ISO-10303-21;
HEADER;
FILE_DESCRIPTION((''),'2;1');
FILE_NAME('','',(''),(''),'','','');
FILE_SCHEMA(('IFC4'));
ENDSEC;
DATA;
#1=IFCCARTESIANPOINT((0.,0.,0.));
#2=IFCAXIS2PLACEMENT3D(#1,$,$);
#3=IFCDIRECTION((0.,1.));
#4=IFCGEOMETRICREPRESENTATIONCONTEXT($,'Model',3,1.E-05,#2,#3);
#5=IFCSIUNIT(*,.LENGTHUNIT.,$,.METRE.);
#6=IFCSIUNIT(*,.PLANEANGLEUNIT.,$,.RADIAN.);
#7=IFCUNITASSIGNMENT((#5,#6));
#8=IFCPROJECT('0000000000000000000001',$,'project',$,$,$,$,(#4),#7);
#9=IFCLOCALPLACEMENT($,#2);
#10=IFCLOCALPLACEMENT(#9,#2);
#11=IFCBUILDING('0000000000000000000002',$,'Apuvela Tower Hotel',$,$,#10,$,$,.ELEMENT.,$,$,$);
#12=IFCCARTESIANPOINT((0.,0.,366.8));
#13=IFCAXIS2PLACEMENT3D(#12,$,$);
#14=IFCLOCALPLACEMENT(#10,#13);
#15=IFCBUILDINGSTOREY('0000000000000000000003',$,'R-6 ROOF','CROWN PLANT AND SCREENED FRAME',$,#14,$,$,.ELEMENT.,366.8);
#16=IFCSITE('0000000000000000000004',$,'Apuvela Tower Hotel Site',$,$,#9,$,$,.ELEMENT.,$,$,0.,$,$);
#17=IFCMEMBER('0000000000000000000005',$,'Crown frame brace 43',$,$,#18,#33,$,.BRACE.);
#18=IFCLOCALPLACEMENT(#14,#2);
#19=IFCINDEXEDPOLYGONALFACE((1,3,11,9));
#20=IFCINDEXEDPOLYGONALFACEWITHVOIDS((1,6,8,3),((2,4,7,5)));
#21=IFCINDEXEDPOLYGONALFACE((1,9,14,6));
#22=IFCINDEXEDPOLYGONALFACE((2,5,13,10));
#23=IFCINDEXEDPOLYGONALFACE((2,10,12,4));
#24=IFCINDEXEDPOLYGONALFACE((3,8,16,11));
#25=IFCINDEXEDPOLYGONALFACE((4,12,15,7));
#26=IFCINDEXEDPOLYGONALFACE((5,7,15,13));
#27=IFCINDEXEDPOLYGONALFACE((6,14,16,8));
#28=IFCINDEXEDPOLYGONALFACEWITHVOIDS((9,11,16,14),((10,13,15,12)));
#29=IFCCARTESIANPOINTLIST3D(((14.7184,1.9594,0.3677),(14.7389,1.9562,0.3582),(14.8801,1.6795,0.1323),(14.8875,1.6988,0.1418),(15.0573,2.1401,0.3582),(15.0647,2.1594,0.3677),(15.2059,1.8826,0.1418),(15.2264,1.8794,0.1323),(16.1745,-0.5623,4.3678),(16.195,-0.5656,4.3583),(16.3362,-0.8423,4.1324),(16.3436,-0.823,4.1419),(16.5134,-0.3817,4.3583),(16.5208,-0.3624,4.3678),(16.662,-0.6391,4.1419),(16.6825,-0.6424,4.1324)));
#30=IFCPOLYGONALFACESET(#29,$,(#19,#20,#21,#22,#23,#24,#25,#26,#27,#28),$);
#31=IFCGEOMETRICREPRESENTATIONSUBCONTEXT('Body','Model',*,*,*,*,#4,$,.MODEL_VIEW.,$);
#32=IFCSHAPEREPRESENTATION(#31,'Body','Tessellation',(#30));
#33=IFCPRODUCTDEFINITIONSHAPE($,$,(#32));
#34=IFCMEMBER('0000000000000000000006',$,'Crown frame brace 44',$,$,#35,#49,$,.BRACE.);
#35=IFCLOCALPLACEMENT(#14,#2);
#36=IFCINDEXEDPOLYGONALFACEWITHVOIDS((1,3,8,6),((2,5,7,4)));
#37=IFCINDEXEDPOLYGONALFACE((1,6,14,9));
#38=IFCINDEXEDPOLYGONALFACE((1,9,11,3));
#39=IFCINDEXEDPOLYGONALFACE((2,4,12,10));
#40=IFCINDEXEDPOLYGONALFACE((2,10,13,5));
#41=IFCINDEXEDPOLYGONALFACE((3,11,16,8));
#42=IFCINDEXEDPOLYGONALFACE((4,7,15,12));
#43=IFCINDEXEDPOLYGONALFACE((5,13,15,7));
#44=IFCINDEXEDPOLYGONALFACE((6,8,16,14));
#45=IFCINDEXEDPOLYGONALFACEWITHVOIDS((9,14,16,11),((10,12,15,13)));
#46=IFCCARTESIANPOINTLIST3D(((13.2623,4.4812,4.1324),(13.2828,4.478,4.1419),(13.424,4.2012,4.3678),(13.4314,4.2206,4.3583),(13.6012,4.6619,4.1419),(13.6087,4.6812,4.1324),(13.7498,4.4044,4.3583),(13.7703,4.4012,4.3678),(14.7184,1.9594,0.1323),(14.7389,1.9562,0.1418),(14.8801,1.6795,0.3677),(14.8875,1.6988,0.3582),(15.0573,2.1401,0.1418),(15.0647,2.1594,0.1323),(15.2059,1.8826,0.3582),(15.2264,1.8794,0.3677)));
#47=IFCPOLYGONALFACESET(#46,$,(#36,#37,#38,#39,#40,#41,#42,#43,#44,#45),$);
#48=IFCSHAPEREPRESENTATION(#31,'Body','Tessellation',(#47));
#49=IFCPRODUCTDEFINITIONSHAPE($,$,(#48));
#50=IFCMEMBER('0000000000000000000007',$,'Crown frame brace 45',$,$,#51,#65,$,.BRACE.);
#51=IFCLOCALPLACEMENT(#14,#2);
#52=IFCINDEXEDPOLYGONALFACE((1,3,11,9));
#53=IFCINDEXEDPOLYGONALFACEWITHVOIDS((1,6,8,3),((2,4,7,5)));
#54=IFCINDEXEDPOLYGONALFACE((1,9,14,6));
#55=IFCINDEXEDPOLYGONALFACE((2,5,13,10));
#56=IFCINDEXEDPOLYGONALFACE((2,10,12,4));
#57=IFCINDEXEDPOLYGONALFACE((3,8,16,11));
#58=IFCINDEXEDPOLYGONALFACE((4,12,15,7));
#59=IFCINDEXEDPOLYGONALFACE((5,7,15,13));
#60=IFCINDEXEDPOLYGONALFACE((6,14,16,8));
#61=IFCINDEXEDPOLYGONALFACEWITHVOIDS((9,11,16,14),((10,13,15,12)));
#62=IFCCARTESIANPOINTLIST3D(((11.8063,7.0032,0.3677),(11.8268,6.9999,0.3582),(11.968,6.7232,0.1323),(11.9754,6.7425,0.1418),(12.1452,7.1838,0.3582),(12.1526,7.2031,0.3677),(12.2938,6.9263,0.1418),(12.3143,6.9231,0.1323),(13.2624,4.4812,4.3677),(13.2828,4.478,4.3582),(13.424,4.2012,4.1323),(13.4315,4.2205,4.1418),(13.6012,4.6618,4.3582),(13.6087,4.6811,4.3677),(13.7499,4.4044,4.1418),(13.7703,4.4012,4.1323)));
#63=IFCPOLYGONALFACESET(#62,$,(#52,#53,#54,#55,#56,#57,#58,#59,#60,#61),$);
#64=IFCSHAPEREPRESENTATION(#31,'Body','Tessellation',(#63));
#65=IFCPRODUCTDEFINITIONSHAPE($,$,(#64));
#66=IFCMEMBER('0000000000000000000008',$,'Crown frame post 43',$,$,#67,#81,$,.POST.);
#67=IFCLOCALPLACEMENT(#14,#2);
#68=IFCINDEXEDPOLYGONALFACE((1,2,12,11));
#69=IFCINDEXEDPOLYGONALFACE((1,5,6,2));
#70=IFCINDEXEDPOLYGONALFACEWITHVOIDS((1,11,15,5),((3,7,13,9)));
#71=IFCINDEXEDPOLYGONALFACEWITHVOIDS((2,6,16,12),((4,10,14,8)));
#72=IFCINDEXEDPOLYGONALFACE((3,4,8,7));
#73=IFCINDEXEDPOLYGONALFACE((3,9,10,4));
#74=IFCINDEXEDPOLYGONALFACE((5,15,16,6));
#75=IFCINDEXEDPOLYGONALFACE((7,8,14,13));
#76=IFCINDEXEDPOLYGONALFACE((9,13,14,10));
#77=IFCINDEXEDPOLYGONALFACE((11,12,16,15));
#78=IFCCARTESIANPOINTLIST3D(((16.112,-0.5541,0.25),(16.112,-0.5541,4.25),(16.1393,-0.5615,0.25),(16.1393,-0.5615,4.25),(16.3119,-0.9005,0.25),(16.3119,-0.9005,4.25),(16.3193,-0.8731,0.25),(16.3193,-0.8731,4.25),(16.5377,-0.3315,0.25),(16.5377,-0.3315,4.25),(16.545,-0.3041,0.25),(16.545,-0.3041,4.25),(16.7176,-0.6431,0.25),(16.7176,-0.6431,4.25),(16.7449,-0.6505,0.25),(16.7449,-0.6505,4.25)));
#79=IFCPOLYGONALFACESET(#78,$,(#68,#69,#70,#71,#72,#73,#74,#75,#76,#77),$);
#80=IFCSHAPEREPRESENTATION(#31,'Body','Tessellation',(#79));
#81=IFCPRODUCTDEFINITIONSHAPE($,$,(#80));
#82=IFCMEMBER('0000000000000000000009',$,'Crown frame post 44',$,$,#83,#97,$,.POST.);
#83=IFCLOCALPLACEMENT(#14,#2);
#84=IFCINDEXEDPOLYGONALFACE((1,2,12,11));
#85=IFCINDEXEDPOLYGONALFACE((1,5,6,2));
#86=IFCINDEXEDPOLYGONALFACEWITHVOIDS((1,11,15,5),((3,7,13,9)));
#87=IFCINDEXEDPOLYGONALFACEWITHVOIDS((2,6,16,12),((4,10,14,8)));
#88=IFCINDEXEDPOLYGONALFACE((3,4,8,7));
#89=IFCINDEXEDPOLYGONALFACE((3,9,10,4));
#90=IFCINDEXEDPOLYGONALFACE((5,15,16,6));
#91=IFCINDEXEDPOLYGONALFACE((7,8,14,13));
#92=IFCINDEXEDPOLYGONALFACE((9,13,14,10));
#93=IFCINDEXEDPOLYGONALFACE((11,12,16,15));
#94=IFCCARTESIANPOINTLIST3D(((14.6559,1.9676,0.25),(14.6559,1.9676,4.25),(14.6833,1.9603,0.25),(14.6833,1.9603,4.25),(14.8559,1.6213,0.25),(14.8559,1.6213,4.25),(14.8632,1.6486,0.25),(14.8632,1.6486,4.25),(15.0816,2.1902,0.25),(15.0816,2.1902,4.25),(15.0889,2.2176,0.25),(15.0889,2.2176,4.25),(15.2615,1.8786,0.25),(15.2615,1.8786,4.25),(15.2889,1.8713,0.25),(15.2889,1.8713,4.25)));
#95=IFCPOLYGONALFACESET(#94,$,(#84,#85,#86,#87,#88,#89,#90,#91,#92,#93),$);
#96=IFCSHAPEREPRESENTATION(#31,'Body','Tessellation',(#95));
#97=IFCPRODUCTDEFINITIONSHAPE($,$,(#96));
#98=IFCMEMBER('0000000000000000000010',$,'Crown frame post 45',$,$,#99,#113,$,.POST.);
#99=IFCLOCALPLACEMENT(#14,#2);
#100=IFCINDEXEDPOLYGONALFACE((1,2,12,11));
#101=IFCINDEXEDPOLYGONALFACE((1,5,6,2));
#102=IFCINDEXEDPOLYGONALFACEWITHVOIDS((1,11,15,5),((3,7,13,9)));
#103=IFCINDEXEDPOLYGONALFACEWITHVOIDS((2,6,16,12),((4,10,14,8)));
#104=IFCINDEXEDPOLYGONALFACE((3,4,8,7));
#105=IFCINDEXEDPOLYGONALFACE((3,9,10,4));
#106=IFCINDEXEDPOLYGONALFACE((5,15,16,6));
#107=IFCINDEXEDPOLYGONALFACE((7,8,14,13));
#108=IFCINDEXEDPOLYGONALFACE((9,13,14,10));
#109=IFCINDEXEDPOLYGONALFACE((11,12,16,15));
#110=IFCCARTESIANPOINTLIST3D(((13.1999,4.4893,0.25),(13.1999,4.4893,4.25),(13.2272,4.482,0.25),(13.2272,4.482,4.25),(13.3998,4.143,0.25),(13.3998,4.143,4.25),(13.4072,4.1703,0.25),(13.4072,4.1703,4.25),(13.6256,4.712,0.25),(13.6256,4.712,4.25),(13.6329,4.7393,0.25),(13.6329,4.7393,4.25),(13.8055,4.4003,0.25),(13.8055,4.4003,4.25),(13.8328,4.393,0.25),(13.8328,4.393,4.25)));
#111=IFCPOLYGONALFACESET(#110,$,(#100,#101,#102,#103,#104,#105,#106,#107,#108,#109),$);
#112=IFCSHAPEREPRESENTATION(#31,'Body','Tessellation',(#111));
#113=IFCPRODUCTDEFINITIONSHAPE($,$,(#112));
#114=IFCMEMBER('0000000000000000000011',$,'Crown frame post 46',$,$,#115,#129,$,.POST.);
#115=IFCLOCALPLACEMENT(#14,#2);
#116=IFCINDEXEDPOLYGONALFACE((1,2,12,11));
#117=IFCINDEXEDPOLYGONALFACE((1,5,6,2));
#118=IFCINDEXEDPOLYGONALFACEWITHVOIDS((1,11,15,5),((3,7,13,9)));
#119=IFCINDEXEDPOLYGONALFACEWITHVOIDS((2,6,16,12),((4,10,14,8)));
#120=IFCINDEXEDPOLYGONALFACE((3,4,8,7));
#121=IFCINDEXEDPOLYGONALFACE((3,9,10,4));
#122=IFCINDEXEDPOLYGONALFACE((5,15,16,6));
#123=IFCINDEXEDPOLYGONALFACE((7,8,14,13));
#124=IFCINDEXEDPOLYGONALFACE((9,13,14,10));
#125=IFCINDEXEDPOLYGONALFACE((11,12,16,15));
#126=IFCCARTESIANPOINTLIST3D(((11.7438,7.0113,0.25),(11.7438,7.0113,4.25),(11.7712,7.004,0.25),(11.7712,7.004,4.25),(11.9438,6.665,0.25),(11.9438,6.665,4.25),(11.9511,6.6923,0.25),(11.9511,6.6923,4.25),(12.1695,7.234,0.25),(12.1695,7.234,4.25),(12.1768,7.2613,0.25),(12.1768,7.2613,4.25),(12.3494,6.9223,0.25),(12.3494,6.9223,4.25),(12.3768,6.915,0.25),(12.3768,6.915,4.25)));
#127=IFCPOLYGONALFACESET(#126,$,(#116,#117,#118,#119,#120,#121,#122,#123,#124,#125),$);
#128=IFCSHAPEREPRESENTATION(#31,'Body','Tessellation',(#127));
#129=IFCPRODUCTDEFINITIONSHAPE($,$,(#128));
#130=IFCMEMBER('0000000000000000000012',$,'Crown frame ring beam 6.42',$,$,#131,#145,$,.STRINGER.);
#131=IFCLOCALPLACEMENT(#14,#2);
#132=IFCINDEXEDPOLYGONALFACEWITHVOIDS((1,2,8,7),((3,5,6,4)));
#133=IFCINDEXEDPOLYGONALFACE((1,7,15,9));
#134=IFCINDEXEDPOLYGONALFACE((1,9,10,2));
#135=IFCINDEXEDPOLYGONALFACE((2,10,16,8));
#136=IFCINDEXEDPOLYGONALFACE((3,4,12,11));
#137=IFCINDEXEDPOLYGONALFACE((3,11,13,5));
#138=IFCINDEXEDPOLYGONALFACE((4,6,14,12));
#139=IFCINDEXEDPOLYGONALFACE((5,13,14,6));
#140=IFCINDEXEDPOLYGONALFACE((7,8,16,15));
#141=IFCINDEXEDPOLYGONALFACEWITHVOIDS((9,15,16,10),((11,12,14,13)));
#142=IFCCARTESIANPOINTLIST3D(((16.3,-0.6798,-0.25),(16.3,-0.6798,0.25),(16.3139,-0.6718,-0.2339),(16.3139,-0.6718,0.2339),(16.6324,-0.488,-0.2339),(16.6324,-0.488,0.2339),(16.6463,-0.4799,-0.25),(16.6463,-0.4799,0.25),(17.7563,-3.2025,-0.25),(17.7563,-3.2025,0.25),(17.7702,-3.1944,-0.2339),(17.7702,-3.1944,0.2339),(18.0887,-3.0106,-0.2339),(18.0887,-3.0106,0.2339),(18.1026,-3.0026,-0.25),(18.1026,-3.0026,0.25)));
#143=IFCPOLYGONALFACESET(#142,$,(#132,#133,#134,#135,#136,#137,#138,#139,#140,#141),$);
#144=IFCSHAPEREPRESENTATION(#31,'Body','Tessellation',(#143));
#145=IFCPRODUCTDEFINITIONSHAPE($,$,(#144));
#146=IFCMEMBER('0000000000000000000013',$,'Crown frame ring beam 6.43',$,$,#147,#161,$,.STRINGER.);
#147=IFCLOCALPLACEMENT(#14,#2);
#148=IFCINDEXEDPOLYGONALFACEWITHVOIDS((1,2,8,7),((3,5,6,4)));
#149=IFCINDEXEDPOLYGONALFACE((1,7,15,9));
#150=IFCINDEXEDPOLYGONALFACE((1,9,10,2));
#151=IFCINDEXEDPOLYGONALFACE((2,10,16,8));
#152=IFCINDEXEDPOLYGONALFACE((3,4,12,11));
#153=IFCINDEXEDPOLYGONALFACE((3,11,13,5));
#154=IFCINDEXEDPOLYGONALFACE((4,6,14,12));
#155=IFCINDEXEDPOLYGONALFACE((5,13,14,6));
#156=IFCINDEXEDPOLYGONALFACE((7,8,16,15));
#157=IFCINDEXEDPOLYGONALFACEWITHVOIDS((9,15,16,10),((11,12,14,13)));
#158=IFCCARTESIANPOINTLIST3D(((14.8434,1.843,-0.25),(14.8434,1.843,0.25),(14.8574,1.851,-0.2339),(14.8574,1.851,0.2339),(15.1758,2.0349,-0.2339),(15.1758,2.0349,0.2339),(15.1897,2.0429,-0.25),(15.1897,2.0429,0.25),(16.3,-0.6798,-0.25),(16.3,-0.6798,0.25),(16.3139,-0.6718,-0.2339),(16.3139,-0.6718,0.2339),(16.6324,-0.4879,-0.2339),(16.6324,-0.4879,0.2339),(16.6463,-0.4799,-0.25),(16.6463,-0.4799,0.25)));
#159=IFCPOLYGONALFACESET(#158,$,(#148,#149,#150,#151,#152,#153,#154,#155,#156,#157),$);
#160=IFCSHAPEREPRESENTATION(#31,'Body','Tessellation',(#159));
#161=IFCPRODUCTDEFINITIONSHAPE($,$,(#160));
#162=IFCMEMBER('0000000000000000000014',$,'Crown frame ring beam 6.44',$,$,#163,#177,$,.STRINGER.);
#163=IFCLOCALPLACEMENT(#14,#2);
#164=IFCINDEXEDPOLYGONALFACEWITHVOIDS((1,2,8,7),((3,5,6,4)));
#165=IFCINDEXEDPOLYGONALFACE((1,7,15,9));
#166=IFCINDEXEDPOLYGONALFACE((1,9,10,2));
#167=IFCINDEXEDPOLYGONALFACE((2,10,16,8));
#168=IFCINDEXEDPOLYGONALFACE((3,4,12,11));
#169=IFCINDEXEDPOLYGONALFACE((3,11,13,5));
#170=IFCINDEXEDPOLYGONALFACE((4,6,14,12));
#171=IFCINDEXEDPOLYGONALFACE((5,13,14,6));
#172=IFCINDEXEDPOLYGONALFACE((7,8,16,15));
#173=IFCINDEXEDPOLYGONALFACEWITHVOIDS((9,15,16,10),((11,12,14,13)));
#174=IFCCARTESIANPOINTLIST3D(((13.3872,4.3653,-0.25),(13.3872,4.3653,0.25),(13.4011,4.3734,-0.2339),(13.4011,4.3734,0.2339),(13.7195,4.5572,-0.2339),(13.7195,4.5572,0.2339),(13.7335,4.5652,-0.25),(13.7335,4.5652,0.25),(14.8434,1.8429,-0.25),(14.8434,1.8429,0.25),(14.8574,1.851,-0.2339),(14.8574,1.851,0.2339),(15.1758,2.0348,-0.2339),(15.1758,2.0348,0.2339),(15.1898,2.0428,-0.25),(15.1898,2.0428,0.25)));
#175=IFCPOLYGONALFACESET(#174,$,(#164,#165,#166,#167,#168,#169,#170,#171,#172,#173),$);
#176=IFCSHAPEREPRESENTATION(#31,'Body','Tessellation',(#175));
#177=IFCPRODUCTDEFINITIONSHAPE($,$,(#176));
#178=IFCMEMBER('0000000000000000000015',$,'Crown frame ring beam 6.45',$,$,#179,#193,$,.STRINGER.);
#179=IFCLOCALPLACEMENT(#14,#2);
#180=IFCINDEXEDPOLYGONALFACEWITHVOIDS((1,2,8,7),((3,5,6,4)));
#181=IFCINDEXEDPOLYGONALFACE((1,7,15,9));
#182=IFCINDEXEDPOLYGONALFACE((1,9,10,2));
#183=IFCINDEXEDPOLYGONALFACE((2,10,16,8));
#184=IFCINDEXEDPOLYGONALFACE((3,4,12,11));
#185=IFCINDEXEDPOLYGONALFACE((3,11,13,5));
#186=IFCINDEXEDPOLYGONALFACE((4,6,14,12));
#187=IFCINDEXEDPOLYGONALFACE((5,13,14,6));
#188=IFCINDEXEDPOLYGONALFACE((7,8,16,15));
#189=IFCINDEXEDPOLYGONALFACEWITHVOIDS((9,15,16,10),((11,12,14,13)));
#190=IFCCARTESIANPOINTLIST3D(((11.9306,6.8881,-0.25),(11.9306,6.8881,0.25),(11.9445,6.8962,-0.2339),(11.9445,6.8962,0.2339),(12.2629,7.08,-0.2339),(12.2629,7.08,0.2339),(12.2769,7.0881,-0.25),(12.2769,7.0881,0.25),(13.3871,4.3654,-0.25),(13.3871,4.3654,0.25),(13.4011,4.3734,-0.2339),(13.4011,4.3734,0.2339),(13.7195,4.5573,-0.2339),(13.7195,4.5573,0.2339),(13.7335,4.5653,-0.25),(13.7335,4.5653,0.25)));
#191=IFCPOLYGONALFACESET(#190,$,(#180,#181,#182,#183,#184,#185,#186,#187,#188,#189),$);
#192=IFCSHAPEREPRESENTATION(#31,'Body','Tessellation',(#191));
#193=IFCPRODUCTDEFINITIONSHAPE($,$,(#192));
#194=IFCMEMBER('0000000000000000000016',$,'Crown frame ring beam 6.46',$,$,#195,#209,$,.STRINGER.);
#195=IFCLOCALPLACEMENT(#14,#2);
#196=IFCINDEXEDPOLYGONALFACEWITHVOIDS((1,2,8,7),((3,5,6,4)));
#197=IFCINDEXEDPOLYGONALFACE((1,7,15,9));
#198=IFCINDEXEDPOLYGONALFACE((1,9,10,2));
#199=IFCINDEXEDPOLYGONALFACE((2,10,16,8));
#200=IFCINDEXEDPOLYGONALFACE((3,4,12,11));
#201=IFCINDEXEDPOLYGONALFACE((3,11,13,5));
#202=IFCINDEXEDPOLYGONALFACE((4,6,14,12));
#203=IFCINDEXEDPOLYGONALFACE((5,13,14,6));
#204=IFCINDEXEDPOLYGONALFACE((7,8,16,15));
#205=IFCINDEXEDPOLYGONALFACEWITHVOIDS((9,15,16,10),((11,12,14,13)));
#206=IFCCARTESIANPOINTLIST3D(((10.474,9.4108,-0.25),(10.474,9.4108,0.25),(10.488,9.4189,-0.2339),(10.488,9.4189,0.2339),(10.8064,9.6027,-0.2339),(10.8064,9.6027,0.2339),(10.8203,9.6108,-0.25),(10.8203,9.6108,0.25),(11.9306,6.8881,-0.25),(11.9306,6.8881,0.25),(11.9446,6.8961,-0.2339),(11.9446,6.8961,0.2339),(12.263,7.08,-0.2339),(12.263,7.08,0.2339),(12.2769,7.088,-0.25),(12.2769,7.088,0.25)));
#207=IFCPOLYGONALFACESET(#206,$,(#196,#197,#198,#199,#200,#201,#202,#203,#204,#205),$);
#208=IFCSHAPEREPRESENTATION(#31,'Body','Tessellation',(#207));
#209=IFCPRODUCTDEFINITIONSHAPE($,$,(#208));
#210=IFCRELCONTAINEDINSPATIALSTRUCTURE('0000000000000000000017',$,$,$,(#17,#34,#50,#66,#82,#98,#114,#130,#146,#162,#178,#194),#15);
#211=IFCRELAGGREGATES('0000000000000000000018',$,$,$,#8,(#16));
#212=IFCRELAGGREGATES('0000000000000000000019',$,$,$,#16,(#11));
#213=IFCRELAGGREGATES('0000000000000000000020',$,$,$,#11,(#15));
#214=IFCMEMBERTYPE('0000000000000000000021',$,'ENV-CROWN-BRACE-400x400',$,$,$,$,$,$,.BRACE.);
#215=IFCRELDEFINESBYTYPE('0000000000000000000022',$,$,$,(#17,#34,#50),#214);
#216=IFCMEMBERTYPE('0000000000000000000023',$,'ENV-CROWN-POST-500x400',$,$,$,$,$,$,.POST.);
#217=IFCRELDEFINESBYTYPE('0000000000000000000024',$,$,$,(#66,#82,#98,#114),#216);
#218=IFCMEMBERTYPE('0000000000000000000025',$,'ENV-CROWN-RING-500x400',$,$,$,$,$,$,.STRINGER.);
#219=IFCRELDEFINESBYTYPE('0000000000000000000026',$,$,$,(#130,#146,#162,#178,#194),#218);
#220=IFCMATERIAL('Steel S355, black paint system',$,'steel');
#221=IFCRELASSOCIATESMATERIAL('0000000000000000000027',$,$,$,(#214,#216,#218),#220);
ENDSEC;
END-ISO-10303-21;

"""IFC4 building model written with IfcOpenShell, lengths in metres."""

from ifc_helpers import new_model, si_unit, direction, frame, origin, origin_2d, place, context, subcontext, project, spatial, hollow_rectangle, extrude, material, material_profile, profile_set, type_object, element, save


model = new_model("IFC4")

# Units and contexts
model_context = context("Model", 3, precision=1e-05, world=origin(), true_north=direction((0.0, 1.0)))
body_context = subcontext(model_context, "Body", "Model", "MODEL_VIEW")
ifc_project = project(units=[si_unit("LENGTHUNIT", "METRE"), si_unit("PLANEANGLEUNIT", "RADIAN")], contexts=[model_context])

# Site, building, storey
site_placement = place(None, origin())
site = spatial("IfcSite", under=ifc_project, at=site_placement, Name="Apuvela Tower Hotel Site", CompositionType="ELEMENT", RefElevation=0.0)
building_placement = place(site_placement, origin())
building = spatial("IfcBuilding", under=site, at=building_placement, Name="Apuvela Tower Hotel", CompositionType="ELEMENT")
storey_placement = place(building_placement, frame((0.0, 0.0, 366.8)))
storey = spatial("IfcBuildingStorey", under=building, at=storey_placement, Name="R-6 ROOF", Description="CROWN PLANT AND SCREENED FRAME", CompositionType="ELEMENT", Elevation=366.8)

# Members
ifc_material_1 = material(Name="Steel S355, black paint system", Category="steel")
ifc_material_profile_1 = material_profile(ifc_material_1, hollow_rectangle(XDim=0.3999, YDim=0.3999, WallThickness=0.0161, at=origin_2d()), Name="HSS 400x400x16")
ifc_profile_set_1 = profile_set([ifc_material_profile_1], Name="Steel S355, black paint system")
member_type_1 = type_object("IfcMemberType", Name="ENV-CROWN-BRACE-400x400", PredefinedType="BRACE", material=ifc_profile_set_1)
for number, where, z_axis, x_axis, name in (
    (1, (14.9724, 1.9194, 0.25), (0.294292, -0.509682, 0.808465), (0.866005, 0.500035, 0.0), "Crown frame brace 43"),
    (2, (14.9724, 1.9194, 0.25), (-0.294292, 0.509682, 0.808465), (-0.866005, -0.500035, 0.0), "Crown frame brace 44"),
    (3, (12.0603, 6.9631, 0.25), (0.294285, -0.509719, 0.808445), (0.866026, 0.499998, 0.0), "Crown frame brace 45"),
):
    element("IfcMember", number, at=place(storey_placement, frame(where, z_axis=z_axis, x_axis=x_axis)), inside=storey, type_object=member_type_1, Name=name, PredefinedType="BRACE", context=body_context, shape_type="SweptSolid", body=[
        extrude(hollow_rectangle(XDim=0.3999, YDim=0.3999, WallThickness=0.0161, at=origin_2d()), origin(), (0.0, 0.0, 1.0), 4.9478),
    ])
ifc_material_profile_2 = material_profile(ifc_material_1, hollow_rectangle(XDim=0.3999, YDim=0.5, WallThickness=0.02, at=origin_2d()), Name="HSS 500x400x20")
ifc_profile_set_2 = profile_set([ifc_material_profile_2], Name="Steel S355, black paint system")
member_type_2 = type_object("IfcMemberType", Name="ENV-CROWN-POST-500x400", PredefinedType="POST", material=ifc_profile_set_2)
for number, where, z_axis, x_axis, name in (
    (4, (16.4285, -0.6023, 0.25), (0.0, 0.0, 1.0), (-0.5, 0.866025, 0.0), "Crown frame post 43"),
    (5, (14.9724, 1.9194, 0.25), (0.0, 0.0, 1.0), (-0.5, 0.866025, 0.0), "Crown frame post 44"),
    (6, (13.5164, 4.4412, 0.25), (0.0, 0.0, 1.0), (-0.5, 0.866025, 0.0), "Crown frame post 45"),
    (7, (12.0603, 6.9631, 0.25), (0.0, 0.0, 1.0), (-0.5, 0.866025, 0.0), "Crown frame post 46"),
):
    element("IfcMember", number, at=place(storey_placement, frame(where, z_axis=z_axis, x_axis=x_axis)), inside=storey, type_object=member_type_2, Name=name, PredefinedType="POST", context=body_context, shape_type="SweptSolid", body=[
        extrude(hollow_rectangle(XDim=0.3999, YDim=0.5, WallThickness=0.02, at=origin_2d()), origin(), (0.0, 0.0, 1.0), 4.0),
    ])
ifc_material_profile_3 = material_profile(ifc_material_1, hollow_rectangle(XDim=0.3999, YDim=0.5, WallThickness=0.0161, at=origin_2d()), Name="HSS 500x400x16")
ifc_profile_set_3 = profile_set([ifc_material_profile_3], Name="Steel S355, black paint system")
member_type_3 = type_object("IfcMemberType", Name="ENV-CROWN-RING-500x400", PredefinedType="STRINGER", material=ifc_profile_set_3)
member_1_placement = place(storey_placement, frame((17.9294, -3.1025, 0.0), z_axis=(-0.499952, 0.866053, 0.0), x_axis=(-0.866053, -0.499952, 0.0)))
element("IfcMember", 8, at=member_1_placement, inside=storey, type_object=member_type_3, Name="Crown frame ring beam 6.42", PredefinedType="STRINGER", context=body_context, shape_type="SweptSolid", body=[
    extrude(hollow_rectangle(XDim=0.3999, YDim=0.5, WallThickness=0.0161, at=origin_2d()), origin(), (0.0, 0.0, 1.0), 2.9128),
])
member_2_placement = place(storey_placement, frame((16.4731, -0.5798, 0.0), z_axis=(-0.500015, 0.866017, 0.0), x_axis=(-0.866017, -0.500015, 0.0)))
element("IfcMember", 9, at=member_2_placement, inside=storey, type_object=member_type_3, Name="Crown frame ring beam 6.43", PredefinedType="STRINGER", context=body_context, shape_type="SweptSolid", body=[
    extrude(hollow_rectangle(XDim=0.3999, YDim=0.5, WallThickness=0.0161, at=origin_2d()), origin(), (0.0, 0.0, 1.0), 2.9131),
])
member_3_placement = place(storey_placement, frame((15.0166, 1.9429, 0.0), z_axis=(-0.499988, 0.866032, 0.0), x_axis=(-0.866032, -0.499988, 0.0)))
element("IfcMember", 10, at=member_3_placement, inside=storey, type_object=member_type_3, Name="Crown frame ring beam 6.44", PredefinedType="STRINGER", context=body_context, shape_type="SweptSolid", body=[
    extrude(hollow_rectangle(XDim=0.3999, YDim=0.5, WallThickness=0.0161, at=origin_2d()), origin(), (0.0, 0.0, 1.0), 2.9126),
])
for number, where, z_axis, x_axis, name in (
    (11, (13.5603, 4.4653, 0.0), (-0.500015, 0.866017, 0.0), (-0.866017, -0.500015, 0.0), "Crown frame ring beam 6.45"),
    (12, (12.1038, 6.988, 0.0), (-0.500015, 0.866017, 0.0), (-0.866017, -0.500015, 0.0), "Crown frame ring beam 6.46"),
):
    element("IfcMember", number, at=place(storey_placement, frame(where, z_axis=z_axis, x_axis=x_axis)), inside=storey, type_object=member_type_3, Name=name, PredefinedType="STRINGER", context=body_context, shape_type="SweptSolid", body=[
        extrude(hollow_rectangle(XDim=0.3999, YDim=0.5, WallThickness=0.0161, at=origin_2d()), origin(), (0.0, 0.0, 1.0), 2.9131),
    ])

save(model, "model.ifc")
